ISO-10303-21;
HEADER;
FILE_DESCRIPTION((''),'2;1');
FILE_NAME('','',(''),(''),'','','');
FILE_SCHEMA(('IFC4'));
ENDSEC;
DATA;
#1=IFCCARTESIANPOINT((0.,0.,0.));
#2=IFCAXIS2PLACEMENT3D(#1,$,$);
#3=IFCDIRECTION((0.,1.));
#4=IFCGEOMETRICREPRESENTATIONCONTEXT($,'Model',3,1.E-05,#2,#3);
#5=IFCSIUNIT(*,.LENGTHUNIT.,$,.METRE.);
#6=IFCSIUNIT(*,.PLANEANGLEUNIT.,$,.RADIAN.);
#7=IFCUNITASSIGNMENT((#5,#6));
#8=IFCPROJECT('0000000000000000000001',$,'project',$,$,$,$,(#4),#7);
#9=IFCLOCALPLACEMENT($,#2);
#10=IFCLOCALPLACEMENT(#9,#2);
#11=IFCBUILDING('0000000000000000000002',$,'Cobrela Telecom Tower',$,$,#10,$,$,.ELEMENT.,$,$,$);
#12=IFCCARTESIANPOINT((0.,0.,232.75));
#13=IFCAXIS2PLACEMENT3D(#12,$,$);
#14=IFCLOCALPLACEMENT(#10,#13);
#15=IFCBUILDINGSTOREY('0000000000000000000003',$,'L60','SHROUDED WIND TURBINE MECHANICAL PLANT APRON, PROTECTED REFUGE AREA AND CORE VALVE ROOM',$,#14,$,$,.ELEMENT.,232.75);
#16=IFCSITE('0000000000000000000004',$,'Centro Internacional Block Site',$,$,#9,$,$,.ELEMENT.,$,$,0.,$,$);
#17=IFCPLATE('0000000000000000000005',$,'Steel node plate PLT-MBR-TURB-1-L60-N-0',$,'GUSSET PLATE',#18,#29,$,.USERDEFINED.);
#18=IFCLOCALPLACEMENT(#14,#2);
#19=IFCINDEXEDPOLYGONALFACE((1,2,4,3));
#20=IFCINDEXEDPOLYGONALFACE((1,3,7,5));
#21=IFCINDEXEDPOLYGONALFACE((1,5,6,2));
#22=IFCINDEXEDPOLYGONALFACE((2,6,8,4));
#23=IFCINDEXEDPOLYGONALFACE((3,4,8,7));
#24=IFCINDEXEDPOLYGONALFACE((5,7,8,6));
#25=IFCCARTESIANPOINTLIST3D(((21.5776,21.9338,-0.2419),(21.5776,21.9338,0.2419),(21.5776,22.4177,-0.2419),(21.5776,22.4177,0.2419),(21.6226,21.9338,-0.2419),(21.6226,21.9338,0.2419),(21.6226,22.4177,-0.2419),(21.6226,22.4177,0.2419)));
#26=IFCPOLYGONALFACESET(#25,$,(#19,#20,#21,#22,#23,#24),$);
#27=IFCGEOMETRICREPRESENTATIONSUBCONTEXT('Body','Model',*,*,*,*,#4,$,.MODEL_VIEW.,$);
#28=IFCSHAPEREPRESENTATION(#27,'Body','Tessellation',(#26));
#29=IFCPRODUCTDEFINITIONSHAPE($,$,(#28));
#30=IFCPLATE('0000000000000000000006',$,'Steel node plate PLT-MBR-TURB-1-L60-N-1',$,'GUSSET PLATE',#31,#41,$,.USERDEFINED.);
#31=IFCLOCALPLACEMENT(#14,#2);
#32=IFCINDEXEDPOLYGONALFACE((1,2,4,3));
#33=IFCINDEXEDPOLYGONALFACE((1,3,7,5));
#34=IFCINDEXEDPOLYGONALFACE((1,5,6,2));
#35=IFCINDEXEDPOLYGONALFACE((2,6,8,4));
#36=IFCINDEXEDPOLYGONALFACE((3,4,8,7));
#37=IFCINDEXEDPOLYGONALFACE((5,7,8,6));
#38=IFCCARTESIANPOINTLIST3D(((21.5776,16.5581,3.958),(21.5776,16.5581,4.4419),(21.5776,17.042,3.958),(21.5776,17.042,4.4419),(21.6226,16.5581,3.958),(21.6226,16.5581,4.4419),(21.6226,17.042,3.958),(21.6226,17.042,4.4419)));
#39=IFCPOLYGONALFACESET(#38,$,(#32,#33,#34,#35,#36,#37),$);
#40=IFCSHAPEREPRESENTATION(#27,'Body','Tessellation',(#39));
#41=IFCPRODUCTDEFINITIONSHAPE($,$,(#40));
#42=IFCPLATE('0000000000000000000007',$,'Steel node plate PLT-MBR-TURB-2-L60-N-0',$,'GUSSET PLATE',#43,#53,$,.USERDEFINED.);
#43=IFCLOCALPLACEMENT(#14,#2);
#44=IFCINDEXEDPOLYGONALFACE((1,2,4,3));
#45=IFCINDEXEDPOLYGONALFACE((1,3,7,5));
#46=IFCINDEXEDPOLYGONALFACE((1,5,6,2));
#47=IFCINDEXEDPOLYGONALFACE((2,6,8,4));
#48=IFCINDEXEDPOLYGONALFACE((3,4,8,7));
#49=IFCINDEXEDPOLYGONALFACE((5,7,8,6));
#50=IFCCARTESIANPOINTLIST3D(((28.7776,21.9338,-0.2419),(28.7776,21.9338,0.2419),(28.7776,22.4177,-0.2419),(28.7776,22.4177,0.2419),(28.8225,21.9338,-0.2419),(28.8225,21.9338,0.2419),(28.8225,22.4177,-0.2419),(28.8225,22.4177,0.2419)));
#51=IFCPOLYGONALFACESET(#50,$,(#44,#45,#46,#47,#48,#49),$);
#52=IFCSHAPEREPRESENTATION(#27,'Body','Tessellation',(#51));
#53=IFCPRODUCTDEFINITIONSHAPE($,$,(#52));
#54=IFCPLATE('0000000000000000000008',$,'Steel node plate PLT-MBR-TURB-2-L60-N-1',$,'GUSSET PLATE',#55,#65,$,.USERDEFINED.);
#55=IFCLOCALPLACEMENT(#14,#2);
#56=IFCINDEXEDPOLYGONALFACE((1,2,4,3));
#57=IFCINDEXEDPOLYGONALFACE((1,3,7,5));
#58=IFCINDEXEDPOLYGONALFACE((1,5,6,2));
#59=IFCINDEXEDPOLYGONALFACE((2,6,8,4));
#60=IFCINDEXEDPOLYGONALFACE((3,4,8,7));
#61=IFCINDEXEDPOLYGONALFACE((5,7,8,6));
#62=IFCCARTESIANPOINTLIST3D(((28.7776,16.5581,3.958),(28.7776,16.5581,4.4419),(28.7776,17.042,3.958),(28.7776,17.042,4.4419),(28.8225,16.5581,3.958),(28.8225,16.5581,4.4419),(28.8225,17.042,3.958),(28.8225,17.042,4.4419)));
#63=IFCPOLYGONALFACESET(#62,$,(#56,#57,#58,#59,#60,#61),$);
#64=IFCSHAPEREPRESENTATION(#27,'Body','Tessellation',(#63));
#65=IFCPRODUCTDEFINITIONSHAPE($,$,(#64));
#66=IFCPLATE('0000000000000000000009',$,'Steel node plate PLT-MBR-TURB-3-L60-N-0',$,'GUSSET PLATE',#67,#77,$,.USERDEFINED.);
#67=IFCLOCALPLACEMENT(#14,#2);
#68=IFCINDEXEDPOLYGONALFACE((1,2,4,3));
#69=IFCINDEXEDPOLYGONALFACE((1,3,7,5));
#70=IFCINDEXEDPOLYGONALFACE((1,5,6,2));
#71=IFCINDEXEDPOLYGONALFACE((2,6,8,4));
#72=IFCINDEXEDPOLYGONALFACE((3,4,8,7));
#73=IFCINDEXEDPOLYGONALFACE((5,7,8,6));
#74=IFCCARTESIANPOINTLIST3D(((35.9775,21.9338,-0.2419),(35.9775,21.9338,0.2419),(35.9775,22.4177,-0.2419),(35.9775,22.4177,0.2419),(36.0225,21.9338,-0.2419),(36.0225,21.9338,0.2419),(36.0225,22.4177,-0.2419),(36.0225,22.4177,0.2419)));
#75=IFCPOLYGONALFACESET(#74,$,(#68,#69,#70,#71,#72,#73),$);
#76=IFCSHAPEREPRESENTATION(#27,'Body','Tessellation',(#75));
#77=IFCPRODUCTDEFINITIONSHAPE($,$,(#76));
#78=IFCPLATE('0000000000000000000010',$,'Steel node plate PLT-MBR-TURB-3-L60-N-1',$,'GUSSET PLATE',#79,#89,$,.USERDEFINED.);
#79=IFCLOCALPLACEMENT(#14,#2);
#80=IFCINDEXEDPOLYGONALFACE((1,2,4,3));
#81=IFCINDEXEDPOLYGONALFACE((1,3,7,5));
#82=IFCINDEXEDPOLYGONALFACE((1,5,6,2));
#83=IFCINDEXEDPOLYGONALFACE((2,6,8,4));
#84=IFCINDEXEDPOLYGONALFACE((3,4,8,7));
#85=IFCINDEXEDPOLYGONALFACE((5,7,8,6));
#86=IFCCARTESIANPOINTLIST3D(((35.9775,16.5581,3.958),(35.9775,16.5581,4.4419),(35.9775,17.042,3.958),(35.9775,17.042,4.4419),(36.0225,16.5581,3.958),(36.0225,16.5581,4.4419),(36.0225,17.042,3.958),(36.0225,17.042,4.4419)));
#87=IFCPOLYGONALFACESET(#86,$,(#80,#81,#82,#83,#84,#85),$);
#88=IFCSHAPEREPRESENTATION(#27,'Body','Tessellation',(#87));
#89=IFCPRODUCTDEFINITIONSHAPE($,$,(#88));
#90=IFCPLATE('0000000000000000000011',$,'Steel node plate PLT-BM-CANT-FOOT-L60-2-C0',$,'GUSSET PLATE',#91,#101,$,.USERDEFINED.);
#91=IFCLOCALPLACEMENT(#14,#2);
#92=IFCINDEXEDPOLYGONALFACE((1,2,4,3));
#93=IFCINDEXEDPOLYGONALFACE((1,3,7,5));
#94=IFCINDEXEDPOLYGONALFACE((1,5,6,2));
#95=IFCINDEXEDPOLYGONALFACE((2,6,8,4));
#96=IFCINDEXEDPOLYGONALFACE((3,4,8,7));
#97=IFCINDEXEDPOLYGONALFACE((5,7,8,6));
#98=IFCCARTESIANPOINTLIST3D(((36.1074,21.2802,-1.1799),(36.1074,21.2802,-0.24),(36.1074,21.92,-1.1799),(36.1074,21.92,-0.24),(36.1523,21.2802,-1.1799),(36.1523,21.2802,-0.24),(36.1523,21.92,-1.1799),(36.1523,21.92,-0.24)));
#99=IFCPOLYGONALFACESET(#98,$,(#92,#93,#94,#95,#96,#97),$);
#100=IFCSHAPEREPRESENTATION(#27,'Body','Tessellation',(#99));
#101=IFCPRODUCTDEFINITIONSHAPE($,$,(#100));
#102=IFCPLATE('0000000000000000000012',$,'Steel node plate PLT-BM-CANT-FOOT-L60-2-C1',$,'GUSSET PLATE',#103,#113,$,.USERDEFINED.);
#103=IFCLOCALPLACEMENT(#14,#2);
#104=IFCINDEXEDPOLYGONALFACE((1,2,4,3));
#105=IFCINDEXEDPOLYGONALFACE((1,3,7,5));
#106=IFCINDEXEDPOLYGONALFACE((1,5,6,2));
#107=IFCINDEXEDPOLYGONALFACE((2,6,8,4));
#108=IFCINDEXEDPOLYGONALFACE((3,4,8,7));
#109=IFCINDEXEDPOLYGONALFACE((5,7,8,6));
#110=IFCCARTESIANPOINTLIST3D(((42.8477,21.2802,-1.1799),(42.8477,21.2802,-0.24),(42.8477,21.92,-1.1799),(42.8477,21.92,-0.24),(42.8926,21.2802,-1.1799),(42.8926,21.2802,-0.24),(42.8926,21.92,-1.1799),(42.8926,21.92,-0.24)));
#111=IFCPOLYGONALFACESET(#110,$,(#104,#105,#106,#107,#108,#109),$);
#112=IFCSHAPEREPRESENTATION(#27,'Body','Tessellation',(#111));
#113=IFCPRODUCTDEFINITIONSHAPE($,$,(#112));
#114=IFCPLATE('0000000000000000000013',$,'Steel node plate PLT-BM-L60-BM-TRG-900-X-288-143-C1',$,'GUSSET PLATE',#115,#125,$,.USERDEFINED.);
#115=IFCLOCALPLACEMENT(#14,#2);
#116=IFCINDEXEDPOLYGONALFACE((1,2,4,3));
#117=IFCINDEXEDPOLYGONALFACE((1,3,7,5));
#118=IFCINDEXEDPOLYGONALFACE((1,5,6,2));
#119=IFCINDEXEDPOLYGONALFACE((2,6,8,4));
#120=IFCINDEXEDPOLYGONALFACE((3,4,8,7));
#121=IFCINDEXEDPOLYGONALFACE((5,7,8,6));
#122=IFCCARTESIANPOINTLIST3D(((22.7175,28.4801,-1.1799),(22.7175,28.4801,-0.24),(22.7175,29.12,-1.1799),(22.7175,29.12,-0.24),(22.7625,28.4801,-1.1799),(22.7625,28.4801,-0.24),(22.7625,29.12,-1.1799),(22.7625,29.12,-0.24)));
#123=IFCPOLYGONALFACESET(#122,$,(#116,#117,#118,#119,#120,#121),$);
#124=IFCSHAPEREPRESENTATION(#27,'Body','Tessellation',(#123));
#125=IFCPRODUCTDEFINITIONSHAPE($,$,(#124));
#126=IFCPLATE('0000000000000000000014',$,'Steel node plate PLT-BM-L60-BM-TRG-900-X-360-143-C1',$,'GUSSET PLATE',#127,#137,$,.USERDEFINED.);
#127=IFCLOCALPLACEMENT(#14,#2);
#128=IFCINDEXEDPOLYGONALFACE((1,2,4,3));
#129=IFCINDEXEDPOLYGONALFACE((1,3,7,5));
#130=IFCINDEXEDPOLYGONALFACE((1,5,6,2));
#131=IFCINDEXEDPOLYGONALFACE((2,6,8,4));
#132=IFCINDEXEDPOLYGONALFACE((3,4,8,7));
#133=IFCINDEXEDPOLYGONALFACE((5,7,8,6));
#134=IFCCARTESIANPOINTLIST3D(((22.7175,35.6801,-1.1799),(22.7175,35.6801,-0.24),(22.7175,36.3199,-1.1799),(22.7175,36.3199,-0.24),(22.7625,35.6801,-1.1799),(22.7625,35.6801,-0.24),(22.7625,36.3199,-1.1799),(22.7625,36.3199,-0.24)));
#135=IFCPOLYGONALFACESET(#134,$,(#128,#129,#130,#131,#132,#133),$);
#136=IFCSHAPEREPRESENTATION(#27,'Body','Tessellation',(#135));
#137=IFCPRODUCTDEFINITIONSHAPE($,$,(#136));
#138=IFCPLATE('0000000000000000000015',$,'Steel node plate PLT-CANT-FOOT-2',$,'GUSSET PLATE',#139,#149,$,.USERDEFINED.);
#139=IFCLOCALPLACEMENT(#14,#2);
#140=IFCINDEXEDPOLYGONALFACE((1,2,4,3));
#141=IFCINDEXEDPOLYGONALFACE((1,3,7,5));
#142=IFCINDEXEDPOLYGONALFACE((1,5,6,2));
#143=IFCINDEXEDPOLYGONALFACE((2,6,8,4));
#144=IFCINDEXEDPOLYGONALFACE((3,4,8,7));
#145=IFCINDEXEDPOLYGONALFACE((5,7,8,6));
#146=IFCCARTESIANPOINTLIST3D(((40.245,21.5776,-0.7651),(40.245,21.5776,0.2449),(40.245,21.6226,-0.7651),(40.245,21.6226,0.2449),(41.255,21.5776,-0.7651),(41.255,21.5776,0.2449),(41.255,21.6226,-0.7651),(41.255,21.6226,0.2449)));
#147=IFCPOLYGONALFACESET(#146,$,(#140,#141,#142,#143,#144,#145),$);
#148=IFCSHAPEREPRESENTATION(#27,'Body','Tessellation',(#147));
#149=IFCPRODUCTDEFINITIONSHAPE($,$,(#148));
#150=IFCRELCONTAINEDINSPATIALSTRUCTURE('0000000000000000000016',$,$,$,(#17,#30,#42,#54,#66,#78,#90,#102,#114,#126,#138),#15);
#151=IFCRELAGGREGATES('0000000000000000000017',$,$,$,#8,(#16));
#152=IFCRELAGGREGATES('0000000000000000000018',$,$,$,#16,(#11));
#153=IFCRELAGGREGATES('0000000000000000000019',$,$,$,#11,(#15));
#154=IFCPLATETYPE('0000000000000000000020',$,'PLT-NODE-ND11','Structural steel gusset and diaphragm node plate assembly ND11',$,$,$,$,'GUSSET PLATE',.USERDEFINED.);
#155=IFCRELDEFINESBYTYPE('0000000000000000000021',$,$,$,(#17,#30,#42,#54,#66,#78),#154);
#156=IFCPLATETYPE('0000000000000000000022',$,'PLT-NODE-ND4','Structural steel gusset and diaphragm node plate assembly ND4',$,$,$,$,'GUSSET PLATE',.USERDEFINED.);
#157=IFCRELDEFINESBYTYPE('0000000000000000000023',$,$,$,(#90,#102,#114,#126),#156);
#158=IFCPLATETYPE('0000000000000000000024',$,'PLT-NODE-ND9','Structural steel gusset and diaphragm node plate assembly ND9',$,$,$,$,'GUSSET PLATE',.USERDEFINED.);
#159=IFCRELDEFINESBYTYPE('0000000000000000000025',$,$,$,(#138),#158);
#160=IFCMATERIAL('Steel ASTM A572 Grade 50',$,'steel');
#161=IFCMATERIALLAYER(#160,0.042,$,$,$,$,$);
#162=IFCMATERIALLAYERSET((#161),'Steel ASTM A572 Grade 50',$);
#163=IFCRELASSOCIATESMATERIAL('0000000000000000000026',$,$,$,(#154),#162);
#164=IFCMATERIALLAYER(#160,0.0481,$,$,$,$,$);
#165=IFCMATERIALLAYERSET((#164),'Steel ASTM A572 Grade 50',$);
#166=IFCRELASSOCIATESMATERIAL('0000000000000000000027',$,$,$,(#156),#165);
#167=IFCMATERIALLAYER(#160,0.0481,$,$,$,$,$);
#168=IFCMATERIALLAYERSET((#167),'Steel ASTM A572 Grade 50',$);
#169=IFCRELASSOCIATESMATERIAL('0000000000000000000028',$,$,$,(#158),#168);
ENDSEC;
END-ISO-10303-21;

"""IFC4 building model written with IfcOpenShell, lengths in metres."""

from ifc_helpers import new_model, si_unit, direction, frame, origin, origin_2d, place, context, subcontext, project, spatial, rectangle, extrude, material, layer, layer_set, type_object, element, save


model = new_model("IFC4")

# Units and contexts
model_context = context("Model", 3, precision=1e-05, world=origin(), true_north=direction((0.0, 1.0)))
body_context = subcontext(model_context, "Body", "Model", "MODEL_VIEW")
ifc_project = project(units=[si_unit("LENGTHUNIT", "METRE"), si_unit("PLANEANGLEUNIT", "RADIAN")], contexts=[model_context])

# Site, building, storey
site_placement = place(None, origin())
site = spatial("IfcSite", under=ifc_project, at=site_placement, Name="Centro Internacional Block Site", CompositionType="ELEMENT", RefElevation=0.0)
building_placement = place(site_placement, origin())
building = spatial("IfcBuilding", under=site, at=building_placement, Name="Cobrela Telecom Tower", CompositionType="ELEMENT")
storey_placement = place(building_placement, frame((0.0, 0.0, 232.75)))
storey = spatial("IfcBuildingStorey", under=building, at=storey_placement, Name="L60", Description="SHROUDED WIND TURBINE MECHANICAL PLANT APRON, PROTECTED REFUGE AREA AND CORE VALVE ROOM", CompositionType="ELEMENT", Elevation=232.75)

# Shared definitions
ifc_material_1 = material(Name="Steel ASTM A572 Grade 50", Category="steel")

# Plates
ifc_layer_1 = layer(ifc_material_1, 0.042)
ifc_layer_set_1 = layer_set([ifc_layer_1], Name="Steel ASTM A572 Grade 50")
plate_type_1 = type_object("IfcPlateType", Name="PLT-NODE-ND11", Description="Structural steel gusset and diaphragm node plate assembly ND11", ElementType="GUSSET PLATE", PredefinedType="USERDEFINED", material=ifc_layer_set_1)
for number, where, z_axis, x_axis, name in (
    (1, (21.6001, 22.1758, -0.2419), (0.0, 0.0, 1.0), (0.0, -1.0, 0.0), "Steel node plate PLT-MBR-TURB-1-L60-N-0"),
    (2, (21.6001, 16.8, 3.958), (0.0, 0.0, 1.0), (0.0, -1.0, 0.0), "Steel node plate PLT-MBR-TURB-1-L60-N-1"),
    (3, (28.8, 22.1758, -0.2419), (0.0, 0.0, 1.0), (0.0, -1.0, 0.0), "Steel node plate PLT-MBR-TURB-2-L60-N-0"),
    (4, (28.8, 16.8, 3.958), (0.0, 0.0, 1.0), (0.0, -1.0, 0.0), "Steel node plate PLT-MBR-TURB-2-L60-N-1"),
    (5, (36.0, 22.1758, -0.2419), (0.0, 0.0, 1.0), (0.0, -1.0, 0.0), "Steel node plate PLT-MBR-TURB-3-L60-N-0"),
    (6, (36.0, 16.8, 3.958), (0.0, 0.0, 1.0), (0.0, -1.0, 0.0), "Steel node plate PLT-MBR-TURB-3-L60-N-1"),
):
    element("IfcPlate", number, at=place(storey_placement, frame(where, z_axis=z_axis, x_axis=x_axis)), inside=storey, type_object=plate_type_1, Name=name, ObjectType="GUSSET PLATE", PredefinedType="USERDEFINED", context=body_context, shape_type="SweptSolid", body=[
        extrude(rectangle(XDim=0.4839, YDim=0.0449, at=origin_2d()), origin(), (0.0, 0.0, 1.0), 0.4839),
    ])
ifc_layer_2 = layer(ifc_material_1, 0.0481)
ifc_layer_set_2 = layer_set([ifc_layer_2], Name="Steel ASTM A572 Grade 50")
plate_type_2 = type_object("IfcPlateType", Name="PLT-NODE-ND4", Description="Structural steel gusset and diaphragm node plate assembly ND4", ElementType="GUSSET PLATE", PredefinedType="USERDEFINED", material=ifc_layer_set_2)
for number, where, z_axis, x_axis, name in (
    (7, (36.1299, 21.6001, -1.1799), (0.0, 0.0, 1.0), (1.0, 0.0, 0.0), "Steel node plate PLT-BM-CANT-FOOT-L60-2-C0"),
    (8, (42.8701, 21.6001, -1.1799), (0.0, 0.0, 1.0), (1.0, 0.0, 0.0), "Steel node plate PLT-BM-CANT-FOOT-L60-2-C1"),
    (9, (22.74, 28.8, -1.1799), (0.0, 0.0, 1.0), (1.0, 0.0, 0.0), "Steel node plate PLT-BM-L60-BM-TRG-900-X-288-143-C1"),
    (10, (22.74, 36.0, -1.1799), (0.0, 0.0, 1.0), (1.0, 0.0, 0.0), "Steel node plate PLT-BM-L60-BM-TRG-900-X-360-143-C1"),
):
    element("IfcPlate", number, at=place(storey_placement, frame(where, z_axis=z_axis, x_axis=x_axis)), inside=storey, type_object=plate_type_2, Name=name, ObjectType="GUSSET PLATE", PredefinedType="USERDEFINED", context=body_context, shape_type="SweptSolid", body=[
        extrude(rectangle(XDim=0.0449, YDim=0.6399, at=origin_2d()), origin(), (0.0, 0.0, 1.0), 0.9399),
    ])
ifc_layer_3 = layer(ifc_material_1, 0.0481)
ifc_layer_set_3 = layer_set([ifc_layer_3], Name="Steel ASTM A572 Grade 50")
plate_type_3 = type_object("IfcPlateType", Name="PLT-NODE-ND9", Description="Structural steel gusset and diaphragm node plate assembly ND9", ElementType="GUSSET PLATE", PredefinedType="USERDEFINED", material=ifc_layer_set_3)
plate_1_placement = place(storey_placement, frame((40.75, 21.6001, -0.7651), z_axis=(0.0, 0.0, 1.0), x_axis=(1.0, 0.0, 0.0)))
element("IfcPlate", 11, at=plate_1_placement, inside=storey, type_object=plate_type_3, Name="Steel node plate PLT-CANT-FOOT-2", ObjectType="GUSSET PLATE", PredefinedType="USERDEFINED", context=body_context, shape_type="SweptSolid", body=[
    extrude(rectangle(XDim=1.01, YDim=0.0449, at=origin_2d()), origin(), (0.0, 0.0, 1.0), 1.01),
])

save(model, "model.ifc")
